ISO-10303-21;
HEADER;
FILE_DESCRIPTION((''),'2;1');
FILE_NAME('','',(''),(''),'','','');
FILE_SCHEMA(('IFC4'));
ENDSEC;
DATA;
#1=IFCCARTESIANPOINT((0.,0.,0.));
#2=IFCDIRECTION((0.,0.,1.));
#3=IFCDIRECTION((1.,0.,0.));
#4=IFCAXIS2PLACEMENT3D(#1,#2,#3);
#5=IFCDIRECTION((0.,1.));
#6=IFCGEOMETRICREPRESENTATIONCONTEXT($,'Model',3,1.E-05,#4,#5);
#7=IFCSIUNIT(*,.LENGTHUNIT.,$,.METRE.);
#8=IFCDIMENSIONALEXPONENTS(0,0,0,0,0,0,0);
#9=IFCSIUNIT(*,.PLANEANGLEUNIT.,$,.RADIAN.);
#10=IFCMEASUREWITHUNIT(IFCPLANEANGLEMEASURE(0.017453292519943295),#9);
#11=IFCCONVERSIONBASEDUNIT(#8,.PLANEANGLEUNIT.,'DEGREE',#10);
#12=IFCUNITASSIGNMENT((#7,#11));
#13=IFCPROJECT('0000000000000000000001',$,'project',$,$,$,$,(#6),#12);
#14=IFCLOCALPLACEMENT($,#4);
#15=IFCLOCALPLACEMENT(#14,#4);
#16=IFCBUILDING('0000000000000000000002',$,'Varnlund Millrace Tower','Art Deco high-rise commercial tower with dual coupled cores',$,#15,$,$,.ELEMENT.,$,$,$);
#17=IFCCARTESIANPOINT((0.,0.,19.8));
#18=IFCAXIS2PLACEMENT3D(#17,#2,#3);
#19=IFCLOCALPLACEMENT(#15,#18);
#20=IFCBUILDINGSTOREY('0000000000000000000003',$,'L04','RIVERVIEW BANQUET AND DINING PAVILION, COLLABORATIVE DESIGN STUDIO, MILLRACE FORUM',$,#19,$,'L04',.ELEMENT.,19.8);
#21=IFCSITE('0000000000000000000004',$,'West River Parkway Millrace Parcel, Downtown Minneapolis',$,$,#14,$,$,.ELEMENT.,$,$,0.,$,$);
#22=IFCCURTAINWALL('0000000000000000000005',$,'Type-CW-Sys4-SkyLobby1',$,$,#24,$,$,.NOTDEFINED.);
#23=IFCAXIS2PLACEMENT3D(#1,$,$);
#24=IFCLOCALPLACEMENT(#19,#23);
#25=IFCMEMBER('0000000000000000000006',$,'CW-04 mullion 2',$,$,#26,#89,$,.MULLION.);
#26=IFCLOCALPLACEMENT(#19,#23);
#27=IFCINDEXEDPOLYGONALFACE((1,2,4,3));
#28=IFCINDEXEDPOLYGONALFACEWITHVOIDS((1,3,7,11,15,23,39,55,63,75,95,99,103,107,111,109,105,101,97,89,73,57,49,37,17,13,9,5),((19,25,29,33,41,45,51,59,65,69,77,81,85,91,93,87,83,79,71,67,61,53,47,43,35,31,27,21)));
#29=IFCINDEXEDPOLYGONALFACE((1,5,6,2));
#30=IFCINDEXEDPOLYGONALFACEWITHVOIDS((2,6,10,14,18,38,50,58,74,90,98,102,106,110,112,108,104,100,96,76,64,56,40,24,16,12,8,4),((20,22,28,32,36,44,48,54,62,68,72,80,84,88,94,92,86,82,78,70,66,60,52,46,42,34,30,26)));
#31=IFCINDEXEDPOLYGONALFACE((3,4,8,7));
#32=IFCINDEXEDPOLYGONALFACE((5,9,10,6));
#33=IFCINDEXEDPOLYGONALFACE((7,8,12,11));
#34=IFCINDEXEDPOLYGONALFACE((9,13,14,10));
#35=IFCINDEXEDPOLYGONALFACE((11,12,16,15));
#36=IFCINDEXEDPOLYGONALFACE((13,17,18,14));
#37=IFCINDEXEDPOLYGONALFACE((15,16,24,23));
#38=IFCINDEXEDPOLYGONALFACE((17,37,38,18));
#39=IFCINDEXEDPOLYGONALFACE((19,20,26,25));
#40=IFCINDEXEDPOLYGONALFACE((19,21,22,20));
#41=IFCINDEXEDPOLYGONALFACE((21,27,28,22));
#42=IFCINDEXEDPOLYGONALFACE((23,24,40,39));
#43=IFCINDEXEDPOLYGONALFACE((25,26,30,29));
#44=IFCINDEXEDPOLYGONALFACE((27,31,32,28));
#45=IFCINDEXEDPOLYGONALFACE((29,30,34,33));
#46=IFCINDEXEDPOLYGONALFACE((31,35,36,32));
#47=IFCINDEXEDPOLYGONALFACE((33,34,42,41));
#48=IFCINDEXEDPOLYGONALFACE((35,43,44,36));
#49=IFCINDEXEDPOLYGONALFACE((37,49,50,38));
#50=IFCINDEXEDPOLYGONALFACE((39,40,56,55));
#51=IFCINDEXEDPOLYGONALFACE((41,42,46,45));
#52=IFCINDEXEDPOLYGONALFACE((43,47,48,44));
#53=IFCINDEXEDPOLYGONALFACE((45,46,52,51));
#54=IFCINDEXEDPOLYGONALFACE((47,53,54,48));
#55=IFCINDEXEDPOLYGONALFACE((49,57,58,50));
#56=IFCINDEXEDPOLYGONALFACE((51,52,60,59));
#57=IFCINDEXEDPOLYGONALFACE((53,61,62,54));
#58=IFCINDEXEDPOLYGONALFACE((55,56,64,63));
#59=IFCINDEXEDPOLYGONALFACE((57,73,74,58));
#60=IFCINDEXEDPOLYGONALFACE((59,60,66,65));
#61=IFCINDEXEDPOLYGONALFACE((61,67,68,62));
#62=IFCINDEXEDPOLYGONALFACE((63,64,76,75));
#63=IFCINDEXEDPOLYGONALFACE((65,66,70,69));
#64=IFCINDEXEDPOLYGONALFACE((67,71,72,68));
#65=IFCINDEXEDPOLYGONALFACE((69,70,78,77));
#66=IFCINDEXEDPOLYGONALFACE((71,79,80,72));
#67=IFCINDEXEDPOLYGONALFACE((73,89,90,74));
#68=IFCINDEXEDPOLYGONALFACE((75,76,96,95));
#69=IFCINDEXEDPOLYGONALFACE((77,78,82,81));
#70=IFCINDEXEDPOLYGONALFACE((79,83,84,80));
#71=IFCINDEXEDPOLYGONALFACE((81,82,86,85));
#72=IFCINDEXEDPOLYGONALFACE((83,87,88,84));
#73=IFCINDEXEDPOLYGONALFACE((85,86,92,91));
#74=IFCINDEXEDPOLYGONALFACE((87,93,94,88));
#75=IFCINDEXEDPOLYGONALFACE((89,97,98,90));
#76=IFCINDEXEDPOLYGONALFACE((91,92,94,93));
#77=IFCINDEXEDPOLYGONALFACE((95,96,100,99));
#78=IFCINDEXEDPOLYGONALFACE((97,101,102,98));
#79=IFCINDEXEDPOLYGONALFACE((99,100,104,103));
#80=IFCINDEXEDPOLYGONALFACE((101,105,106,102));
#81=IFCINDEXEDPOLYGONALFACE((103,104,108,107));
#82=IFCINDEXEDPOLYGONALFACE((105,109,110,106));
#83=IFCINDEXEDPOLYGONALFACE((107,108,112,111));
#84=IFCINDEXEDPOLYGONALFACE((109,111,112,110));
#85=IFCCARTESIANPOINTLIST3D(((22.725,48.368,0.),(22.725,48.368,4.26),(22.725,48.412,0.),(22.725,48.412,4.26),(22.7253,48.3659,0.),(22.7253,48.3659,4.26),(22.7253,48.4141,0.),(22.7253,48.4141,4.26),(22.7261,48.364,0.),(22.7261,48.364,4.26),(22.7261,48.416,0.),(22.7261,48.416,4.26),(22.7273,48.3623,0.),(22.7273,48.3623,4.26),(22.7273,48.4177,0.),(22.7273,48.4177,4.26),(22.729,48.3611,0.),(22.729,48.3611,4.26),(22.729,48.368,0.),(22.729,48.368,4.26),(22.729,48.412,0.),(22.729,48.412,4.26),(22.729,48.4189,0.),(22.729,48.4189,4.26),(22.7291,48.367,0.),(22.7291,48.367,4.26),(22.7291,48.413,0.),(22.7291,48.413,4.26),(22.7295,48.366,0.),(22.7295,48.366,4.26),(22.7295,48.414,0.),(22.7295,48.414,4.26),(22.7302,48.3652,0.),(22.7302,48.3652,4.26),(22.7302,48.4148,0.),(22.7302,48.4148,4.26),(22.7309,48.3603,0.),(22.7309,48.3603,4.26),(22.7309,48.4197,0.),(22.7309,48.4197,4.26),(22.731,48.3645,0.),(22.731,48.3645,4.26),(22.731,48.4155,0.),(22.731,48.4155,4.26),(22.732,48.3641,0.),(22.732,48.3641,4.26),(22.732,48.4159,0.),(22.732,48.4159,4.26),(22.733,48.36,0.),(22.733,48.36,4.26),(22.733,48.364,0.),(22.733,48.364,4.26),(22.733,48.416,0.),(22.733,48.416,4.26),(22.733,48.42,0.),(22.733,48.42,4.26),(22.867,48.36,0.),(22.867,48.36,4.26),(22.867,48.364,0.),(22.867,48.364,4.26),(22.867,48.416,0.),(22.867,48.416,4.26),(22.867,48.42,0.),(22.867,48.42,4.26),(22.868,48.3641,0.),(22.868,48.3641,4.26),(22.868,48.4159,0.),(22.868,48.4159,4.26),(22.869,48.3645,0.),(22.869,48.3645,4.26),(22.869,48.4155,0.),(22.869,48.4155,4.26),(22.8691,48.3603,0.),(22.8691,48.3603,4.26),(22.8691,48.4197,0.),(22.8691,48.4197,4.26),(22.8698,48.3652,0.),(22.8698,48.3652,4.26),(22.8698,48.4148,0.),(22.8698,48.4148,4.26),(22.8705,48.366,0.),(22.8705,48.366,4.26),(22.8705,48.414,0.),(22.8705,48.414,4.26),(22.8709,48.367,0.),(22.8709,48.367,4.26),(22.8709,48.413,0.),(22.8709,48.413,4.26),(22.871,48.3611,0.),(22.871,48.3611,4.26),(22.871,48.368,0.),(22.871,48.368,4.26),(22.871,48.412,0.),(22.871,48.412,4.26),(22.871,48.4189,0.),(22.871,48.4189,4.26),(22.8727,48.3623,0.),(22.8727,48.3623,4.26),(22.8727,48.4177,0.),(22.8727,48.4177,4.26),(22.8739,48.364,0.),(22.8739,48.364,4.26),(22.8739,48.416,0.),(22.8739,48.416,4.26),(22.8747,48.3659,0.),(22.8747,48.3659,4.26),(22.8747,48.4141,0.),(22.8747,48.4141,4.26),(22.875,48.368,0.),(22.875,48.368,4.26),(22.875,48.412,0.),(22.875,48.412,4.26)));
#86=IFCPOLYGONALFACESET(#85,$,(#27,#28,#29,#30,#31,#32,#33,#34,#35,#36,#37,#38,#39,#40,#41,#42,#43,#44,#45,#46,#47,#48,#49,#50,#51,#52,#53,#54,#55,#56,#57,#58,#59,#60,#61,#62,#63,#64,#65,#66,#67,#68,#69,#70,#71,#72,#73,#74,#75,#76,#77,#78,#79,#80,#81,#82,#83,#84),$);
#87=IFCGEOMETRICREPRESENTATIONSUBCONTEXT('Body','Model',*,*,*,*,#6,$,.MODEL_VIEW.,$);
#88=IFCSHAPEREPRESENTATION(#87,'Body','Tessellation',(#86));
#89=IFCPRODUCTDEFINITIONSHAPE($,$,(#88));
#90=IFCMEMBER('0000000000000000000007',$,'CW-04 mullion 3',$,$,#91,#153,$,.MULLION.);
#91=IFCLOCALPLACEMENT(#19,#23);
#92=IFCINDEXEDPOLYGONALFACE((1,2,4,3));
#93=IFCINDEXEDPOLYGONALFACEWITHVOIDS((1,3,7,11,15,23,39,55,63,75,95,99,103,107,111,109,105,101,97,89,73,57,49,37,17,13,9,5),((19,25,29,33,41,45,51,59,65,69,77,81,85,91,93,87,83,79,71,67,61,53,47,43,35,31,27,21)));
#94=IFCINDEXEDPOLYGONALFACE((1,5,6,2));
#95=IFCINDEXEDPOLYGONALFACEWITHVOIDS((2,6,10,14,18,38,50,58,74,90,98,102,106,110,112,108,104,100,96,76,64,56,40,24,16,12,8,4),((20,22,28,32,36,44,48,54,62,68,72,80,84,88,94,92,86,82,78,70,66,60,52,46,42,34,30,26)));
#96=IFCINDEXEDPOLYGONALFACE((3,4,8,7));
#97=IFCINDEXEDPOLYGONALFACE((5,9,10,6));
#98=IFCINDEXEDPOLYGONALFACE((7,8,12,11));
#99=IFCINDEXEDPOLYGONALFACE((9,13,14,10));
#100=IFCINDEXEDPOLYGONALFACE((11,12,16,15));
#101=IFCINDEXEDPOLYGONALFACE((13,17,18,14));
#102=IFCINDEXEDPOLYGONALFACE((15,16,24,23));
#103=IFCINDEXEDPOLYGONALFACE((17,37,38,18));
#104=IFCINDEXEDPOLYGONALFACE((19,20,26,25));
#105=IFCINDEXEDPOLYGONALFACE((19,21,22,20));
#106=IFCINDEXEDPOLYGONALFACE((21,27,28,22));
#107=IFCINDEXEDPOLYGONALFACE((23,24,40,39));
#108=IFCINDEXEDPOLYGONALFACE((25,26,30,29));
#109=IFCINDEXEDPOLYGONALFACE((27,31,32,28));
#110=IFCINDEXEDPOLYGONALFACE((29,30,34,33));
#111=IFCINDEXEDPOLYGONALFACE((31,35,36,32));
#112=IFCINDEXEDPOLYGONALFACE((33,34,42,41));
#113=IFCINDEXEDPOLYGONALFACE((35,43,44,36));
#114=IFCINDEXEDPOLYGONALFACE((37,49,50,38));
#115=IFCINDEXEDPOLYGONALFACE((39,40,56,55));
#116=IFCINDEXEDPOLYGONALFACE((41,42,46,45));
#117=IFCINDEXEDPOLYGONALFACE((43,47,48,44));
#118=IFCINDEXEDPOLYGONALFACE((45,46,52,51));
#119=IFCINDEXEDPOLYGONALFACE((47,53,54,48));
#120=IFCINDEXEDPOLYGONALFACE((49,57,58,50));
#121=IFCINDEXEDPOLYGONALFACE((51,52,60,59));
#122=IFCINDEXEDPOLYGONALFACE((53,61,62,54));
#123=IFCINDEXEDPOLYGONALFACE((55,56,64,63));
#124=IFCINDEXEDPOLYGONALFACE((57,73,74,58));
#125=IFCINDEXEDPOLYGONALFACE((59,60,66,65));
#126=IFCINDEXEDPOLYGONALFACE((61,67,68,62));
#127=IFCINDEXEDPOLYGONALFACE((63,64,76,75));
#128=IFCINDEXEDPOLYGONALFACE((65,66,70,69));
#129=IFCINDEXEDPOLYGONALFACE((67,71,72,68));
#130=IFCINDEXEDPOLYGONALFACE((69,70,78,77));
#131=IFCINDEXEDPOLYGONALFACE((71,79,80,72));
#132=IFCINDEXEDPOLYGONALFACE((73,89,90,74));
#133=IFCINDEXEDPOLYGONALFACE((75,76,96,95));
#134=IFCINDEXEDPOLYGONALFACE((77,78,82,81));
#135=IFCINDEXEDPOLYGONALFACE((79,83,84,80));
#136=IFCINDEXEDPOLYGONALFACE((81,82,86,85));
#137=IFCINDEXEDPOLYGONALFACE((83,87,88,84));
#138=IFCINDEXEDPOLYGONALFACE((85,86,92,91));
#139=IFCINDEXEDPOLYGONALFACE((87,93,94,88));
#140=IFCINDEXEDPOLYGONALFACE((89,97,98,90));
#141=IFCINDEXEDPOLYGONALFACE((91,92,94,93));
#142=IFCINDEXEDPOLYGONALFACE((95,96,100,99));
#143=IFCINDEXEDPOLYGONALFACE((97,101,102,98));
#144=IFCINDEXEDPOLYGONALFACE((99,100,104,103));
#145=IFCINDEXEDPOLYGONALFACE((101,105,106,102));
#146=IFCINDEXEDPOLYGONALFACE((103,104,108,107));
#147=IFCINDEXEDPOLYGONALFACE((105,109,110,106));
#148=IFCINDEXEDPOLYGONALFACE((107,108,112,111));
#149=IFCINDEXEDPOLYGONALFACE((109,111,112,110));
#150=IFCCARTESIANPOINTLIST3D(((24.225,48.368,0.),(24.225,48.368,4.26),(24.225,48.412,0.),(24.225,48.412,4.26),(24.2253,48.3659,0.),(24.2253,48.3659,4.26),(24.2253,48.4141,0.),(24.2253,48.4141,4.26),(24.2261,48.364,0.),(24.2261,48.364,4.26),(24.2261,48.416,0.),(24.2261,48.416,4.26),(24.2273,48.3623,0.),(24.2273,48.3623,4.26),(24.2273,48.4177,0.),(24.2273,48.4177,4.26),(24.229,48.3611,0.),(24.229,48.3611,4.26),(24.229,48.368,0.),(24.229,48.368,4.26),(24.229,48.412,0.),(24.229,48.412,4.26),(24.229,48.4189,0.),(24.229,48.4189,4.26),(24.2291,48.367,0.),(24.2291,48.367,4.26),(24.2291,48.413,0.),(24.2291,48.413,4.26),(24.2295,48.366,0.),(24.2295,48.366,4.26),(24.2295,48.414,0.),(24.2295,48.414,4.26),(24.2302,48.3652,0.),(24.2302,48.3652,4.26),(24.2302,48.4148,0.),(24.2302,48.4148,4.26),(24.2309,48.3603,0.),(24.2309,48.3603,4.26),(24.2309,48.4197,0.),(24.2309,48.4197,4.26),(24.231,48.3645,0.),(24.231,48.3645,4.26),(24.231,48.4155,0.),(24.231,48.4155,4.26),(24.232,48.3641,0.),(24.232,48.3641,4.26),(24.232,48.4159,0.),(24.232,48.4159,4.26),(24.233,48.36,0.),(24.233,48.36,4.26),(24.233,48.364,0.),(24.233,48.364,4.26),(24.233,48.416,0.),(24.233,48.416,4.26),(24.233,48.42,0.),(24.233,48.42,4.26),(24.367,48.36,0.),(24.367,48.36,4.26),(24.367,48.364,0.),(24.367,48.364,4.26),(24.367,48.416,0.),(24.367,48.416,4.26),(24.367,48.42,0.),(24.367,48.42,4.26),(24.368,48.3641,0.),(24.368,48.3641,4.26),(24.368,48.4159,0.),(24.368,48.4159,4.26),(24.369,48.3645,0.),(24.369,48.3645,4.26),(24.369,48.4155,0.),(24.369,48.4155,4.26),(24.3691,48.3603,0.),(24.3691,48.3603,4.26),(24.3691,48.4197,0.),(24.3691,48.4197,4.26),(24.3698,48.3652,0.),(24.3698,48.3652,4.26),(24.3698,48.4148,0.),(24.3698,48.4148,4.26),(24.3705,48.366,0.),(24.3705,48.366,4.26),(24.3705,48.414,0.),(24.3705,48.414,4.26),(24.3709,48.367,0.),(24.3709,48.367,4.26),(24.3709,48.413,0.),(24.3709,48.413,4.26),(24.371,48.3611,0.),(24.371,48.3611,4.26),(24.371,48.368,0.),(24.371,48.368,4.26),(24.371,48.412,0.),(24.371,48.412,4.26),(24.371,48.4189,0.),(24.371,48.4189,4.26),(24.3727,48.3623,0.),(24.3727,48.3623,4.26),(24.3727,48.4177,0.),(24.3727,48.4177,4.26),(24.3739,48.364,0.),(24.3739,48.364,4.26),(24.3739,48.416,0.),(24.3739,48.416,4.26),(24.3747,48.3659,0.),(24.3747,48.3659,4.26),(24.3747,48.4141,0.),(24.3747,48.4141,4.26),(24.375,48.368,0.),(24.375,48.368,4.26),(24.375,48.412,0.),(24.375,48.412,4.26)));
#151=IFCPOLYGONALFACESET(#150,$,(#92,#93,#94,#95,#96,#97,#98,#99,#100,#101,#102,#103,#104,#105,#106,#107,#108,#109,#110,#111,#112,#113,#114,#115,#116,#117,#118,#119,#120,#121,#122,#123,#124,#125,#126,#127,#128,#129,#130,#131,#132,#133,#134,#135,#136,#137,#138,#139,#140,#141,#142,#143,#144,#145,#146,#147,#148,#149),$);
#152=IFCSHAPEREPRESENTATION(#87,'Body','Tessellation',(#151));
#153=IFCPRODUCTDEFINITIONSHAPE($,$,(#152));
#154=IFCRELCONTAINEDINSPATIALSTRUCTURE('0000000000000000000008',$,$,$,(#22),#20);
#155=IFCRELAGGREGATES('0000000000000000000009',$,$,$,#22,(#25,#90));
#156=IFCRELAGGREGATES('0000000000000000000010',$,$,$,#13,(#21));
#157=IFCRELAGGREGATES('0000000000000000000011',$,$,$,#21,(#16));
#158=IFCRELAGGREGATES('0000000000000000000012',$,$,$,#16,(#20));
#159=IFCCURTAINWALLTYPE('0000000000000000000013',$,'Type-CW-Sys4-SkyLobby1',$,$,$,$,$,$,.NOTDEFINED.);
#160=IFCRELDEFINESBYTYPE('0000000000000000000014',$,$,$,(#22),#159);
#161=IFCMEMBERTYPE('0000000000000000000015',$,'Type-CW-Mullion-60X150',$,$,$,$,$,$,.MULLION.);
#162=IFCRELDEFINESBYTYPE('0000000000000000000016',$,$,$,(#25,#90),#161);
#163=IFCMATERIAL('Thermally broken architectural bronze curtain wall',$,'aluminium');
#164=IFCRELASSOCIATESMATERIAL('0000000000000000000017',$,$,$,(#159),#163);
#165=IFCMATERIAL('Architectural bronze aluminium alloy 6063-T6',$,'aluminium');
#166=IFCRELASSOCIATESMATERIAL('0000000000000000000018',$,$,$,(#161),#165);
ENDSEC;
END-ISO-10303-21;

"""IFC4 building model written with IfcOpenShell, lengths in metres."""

from ifc_helpers import new_model, entity, si_unit, converted_unit, direction, frame, origin_with_axes, origin_2d_with_axis, place, context, subcontext, project, spatial, hollow_rectangle, extrude, material, material_profile, profile_set, type_object, element, aggregate, save


model = new_model("IFC4")

# Units and contexts
model_context = context("Model", 3, precision=1e-05, world=origin_with_axes(), true_north=direction((0.0, 1.0)))
body_context = subcontext(model_context, "Body", "Model", "MODEL_VIEW")
ifc_project = project(units=[si_unit("LENGTHUNIT", "METRE"), converted_unit("PLANEANGLEUNIT", "DEGREE", entity("IfcPlaneAngleMeasure", 0.017453292519943295), si_unit("PLANEANGLEUNIT", "RADIAN"), dimensions=[0, 0, 0, 0, 0, 0, 0])], contexts=[model_context])

# Site, building, storey
site_placement = place(None, origin_with_axes())
site = spatial("IfcSite", under=ifc_project, at=site_placement, Name="West River Parkway Millrace Parcel, Downtown Minneapolis", CompositionType="ELEMENT", RefElevation=0.0)
building_placement = place(site_placement, origin_with_axes())
building = spatial("IfcBuilding", under=site, at=building_placement, Name="Varnlund Millrace Tower", Description="Art Deco high-rise commercial tower with dual coupled cores", CompositionType="ELEMENT")
storey_placement = place(building_placement, frame((0.0, 0.0, 19.8), z_axis=(0.0, 0.0, 1.0), x_axis=(1.0, 0.0, 0.0)))
storey = spatial("IfcBuildingStorey", under=building, at=storey_placement, Name="L04", Description="RIVERVIEW BANQUET AND DINING PAVILION, COLLABORATIVE DESIGN STUDIO, MILLRACE FORUM", LongName="L04", CompositionType="ELEMENT", Elevation=19.8)

# Curtain wall, members
ifc_material_1 = material(Name="Thermally broken architectural bronze curtain wall", Category="aluminium")
curtain_wall_type = type_object("IfcCurtainWallType", Name="Type-CW-Sys4-SkyLobby1", PredefinedType="NOTDEFINED", material=ifc_material_1)
curtain_wall_placement = place(storey_placement, frame((21.3, 48.39, 0.0), z_axis=(0.0, 0.0, 1.0), x_axis=(1.0, 0.0, 0.0)))
curtain_wall = element("IfcCurtainWall", 1, at=curtain_wall_placement, inside=storey, type_object=curtain_wall_type, Name="Type-CW-Sys4-SkyLobby1", PredefinedType="NOTDEFINED")
ifc_material_2 = material(Name="Architectural bronze aluminium alloy 6063-T6", Category="aluminium")
ifc_material_profile_1 = material_profile(ifc_material_2, hollow_rectangle(XDim=0.06, YDim=0.15, WallThickness=0.004, InnerFilletRadius=0.004, OuterFilletRadius=0.008, at=origin_2d_with_axis()), Name="Architectural bronze aluminium alloy 6063-T6")
ifc_profile_set_1 = profile_set([ifc_material_profile_1], Name="Architectural bronze aluminium alloy 6063-T6")
member_type_1 = type_object("IfcMemberType", Name="Type-CW-Mullion-60X150", PredefinedType="MULLION", material=ifc_profile_set_1)
member_1_placement = place(storey_placement, frame((22.8, 48.39, 0.0), z_axis=(0.0, 0.0, 1.0), x_axis=(0.0, 1.0, 0.0)))
member_1 = element("IfcMember", 2, at=member_1_placement, type_object=member_type_1, Name="CW-04 mullion 2", PredefinedType="MULLION", context=body_context, shape_type="SweptSolid", body=[
    extrude(hollow_rectangle(XDim=0.06, YDim=0.15, WallThickness=0.004, InnerFilletRadius=0.004, OuterFilletRadius=0.008, at=origin_2d_with_axis()), origin_with_axes(), (0.0, 0.0, 1.0), 4.26),
])
member_2_placement = place(storey_placement, frame((24.3, 48.39, 0.0), z_axis=(0.0, 0.0, 1.0), x_axis=(0.0, 1.0, 0.0)))
member_2 = element("IfcMember", 3, at=member_2_placement, type_object=member_type_1, Name="CW-04 mullion 3", PredefinedType="MULLION", context=body_context, shape_type="SweptSolid", body=[
    extrude(hollow_rectangle(XDim=0.06, YDim=0.15, WallThickness=0.004, InnerFilletRadius=0.004, OuterFilletRadius=0.008, at=origin_2d_with_axis()), origin_with_axes(), (0.0, 0.0, 1.0), 4.26),
])
aggregate(curtain_wall, [member_1, member_2])

save(model, "model.ifc")
